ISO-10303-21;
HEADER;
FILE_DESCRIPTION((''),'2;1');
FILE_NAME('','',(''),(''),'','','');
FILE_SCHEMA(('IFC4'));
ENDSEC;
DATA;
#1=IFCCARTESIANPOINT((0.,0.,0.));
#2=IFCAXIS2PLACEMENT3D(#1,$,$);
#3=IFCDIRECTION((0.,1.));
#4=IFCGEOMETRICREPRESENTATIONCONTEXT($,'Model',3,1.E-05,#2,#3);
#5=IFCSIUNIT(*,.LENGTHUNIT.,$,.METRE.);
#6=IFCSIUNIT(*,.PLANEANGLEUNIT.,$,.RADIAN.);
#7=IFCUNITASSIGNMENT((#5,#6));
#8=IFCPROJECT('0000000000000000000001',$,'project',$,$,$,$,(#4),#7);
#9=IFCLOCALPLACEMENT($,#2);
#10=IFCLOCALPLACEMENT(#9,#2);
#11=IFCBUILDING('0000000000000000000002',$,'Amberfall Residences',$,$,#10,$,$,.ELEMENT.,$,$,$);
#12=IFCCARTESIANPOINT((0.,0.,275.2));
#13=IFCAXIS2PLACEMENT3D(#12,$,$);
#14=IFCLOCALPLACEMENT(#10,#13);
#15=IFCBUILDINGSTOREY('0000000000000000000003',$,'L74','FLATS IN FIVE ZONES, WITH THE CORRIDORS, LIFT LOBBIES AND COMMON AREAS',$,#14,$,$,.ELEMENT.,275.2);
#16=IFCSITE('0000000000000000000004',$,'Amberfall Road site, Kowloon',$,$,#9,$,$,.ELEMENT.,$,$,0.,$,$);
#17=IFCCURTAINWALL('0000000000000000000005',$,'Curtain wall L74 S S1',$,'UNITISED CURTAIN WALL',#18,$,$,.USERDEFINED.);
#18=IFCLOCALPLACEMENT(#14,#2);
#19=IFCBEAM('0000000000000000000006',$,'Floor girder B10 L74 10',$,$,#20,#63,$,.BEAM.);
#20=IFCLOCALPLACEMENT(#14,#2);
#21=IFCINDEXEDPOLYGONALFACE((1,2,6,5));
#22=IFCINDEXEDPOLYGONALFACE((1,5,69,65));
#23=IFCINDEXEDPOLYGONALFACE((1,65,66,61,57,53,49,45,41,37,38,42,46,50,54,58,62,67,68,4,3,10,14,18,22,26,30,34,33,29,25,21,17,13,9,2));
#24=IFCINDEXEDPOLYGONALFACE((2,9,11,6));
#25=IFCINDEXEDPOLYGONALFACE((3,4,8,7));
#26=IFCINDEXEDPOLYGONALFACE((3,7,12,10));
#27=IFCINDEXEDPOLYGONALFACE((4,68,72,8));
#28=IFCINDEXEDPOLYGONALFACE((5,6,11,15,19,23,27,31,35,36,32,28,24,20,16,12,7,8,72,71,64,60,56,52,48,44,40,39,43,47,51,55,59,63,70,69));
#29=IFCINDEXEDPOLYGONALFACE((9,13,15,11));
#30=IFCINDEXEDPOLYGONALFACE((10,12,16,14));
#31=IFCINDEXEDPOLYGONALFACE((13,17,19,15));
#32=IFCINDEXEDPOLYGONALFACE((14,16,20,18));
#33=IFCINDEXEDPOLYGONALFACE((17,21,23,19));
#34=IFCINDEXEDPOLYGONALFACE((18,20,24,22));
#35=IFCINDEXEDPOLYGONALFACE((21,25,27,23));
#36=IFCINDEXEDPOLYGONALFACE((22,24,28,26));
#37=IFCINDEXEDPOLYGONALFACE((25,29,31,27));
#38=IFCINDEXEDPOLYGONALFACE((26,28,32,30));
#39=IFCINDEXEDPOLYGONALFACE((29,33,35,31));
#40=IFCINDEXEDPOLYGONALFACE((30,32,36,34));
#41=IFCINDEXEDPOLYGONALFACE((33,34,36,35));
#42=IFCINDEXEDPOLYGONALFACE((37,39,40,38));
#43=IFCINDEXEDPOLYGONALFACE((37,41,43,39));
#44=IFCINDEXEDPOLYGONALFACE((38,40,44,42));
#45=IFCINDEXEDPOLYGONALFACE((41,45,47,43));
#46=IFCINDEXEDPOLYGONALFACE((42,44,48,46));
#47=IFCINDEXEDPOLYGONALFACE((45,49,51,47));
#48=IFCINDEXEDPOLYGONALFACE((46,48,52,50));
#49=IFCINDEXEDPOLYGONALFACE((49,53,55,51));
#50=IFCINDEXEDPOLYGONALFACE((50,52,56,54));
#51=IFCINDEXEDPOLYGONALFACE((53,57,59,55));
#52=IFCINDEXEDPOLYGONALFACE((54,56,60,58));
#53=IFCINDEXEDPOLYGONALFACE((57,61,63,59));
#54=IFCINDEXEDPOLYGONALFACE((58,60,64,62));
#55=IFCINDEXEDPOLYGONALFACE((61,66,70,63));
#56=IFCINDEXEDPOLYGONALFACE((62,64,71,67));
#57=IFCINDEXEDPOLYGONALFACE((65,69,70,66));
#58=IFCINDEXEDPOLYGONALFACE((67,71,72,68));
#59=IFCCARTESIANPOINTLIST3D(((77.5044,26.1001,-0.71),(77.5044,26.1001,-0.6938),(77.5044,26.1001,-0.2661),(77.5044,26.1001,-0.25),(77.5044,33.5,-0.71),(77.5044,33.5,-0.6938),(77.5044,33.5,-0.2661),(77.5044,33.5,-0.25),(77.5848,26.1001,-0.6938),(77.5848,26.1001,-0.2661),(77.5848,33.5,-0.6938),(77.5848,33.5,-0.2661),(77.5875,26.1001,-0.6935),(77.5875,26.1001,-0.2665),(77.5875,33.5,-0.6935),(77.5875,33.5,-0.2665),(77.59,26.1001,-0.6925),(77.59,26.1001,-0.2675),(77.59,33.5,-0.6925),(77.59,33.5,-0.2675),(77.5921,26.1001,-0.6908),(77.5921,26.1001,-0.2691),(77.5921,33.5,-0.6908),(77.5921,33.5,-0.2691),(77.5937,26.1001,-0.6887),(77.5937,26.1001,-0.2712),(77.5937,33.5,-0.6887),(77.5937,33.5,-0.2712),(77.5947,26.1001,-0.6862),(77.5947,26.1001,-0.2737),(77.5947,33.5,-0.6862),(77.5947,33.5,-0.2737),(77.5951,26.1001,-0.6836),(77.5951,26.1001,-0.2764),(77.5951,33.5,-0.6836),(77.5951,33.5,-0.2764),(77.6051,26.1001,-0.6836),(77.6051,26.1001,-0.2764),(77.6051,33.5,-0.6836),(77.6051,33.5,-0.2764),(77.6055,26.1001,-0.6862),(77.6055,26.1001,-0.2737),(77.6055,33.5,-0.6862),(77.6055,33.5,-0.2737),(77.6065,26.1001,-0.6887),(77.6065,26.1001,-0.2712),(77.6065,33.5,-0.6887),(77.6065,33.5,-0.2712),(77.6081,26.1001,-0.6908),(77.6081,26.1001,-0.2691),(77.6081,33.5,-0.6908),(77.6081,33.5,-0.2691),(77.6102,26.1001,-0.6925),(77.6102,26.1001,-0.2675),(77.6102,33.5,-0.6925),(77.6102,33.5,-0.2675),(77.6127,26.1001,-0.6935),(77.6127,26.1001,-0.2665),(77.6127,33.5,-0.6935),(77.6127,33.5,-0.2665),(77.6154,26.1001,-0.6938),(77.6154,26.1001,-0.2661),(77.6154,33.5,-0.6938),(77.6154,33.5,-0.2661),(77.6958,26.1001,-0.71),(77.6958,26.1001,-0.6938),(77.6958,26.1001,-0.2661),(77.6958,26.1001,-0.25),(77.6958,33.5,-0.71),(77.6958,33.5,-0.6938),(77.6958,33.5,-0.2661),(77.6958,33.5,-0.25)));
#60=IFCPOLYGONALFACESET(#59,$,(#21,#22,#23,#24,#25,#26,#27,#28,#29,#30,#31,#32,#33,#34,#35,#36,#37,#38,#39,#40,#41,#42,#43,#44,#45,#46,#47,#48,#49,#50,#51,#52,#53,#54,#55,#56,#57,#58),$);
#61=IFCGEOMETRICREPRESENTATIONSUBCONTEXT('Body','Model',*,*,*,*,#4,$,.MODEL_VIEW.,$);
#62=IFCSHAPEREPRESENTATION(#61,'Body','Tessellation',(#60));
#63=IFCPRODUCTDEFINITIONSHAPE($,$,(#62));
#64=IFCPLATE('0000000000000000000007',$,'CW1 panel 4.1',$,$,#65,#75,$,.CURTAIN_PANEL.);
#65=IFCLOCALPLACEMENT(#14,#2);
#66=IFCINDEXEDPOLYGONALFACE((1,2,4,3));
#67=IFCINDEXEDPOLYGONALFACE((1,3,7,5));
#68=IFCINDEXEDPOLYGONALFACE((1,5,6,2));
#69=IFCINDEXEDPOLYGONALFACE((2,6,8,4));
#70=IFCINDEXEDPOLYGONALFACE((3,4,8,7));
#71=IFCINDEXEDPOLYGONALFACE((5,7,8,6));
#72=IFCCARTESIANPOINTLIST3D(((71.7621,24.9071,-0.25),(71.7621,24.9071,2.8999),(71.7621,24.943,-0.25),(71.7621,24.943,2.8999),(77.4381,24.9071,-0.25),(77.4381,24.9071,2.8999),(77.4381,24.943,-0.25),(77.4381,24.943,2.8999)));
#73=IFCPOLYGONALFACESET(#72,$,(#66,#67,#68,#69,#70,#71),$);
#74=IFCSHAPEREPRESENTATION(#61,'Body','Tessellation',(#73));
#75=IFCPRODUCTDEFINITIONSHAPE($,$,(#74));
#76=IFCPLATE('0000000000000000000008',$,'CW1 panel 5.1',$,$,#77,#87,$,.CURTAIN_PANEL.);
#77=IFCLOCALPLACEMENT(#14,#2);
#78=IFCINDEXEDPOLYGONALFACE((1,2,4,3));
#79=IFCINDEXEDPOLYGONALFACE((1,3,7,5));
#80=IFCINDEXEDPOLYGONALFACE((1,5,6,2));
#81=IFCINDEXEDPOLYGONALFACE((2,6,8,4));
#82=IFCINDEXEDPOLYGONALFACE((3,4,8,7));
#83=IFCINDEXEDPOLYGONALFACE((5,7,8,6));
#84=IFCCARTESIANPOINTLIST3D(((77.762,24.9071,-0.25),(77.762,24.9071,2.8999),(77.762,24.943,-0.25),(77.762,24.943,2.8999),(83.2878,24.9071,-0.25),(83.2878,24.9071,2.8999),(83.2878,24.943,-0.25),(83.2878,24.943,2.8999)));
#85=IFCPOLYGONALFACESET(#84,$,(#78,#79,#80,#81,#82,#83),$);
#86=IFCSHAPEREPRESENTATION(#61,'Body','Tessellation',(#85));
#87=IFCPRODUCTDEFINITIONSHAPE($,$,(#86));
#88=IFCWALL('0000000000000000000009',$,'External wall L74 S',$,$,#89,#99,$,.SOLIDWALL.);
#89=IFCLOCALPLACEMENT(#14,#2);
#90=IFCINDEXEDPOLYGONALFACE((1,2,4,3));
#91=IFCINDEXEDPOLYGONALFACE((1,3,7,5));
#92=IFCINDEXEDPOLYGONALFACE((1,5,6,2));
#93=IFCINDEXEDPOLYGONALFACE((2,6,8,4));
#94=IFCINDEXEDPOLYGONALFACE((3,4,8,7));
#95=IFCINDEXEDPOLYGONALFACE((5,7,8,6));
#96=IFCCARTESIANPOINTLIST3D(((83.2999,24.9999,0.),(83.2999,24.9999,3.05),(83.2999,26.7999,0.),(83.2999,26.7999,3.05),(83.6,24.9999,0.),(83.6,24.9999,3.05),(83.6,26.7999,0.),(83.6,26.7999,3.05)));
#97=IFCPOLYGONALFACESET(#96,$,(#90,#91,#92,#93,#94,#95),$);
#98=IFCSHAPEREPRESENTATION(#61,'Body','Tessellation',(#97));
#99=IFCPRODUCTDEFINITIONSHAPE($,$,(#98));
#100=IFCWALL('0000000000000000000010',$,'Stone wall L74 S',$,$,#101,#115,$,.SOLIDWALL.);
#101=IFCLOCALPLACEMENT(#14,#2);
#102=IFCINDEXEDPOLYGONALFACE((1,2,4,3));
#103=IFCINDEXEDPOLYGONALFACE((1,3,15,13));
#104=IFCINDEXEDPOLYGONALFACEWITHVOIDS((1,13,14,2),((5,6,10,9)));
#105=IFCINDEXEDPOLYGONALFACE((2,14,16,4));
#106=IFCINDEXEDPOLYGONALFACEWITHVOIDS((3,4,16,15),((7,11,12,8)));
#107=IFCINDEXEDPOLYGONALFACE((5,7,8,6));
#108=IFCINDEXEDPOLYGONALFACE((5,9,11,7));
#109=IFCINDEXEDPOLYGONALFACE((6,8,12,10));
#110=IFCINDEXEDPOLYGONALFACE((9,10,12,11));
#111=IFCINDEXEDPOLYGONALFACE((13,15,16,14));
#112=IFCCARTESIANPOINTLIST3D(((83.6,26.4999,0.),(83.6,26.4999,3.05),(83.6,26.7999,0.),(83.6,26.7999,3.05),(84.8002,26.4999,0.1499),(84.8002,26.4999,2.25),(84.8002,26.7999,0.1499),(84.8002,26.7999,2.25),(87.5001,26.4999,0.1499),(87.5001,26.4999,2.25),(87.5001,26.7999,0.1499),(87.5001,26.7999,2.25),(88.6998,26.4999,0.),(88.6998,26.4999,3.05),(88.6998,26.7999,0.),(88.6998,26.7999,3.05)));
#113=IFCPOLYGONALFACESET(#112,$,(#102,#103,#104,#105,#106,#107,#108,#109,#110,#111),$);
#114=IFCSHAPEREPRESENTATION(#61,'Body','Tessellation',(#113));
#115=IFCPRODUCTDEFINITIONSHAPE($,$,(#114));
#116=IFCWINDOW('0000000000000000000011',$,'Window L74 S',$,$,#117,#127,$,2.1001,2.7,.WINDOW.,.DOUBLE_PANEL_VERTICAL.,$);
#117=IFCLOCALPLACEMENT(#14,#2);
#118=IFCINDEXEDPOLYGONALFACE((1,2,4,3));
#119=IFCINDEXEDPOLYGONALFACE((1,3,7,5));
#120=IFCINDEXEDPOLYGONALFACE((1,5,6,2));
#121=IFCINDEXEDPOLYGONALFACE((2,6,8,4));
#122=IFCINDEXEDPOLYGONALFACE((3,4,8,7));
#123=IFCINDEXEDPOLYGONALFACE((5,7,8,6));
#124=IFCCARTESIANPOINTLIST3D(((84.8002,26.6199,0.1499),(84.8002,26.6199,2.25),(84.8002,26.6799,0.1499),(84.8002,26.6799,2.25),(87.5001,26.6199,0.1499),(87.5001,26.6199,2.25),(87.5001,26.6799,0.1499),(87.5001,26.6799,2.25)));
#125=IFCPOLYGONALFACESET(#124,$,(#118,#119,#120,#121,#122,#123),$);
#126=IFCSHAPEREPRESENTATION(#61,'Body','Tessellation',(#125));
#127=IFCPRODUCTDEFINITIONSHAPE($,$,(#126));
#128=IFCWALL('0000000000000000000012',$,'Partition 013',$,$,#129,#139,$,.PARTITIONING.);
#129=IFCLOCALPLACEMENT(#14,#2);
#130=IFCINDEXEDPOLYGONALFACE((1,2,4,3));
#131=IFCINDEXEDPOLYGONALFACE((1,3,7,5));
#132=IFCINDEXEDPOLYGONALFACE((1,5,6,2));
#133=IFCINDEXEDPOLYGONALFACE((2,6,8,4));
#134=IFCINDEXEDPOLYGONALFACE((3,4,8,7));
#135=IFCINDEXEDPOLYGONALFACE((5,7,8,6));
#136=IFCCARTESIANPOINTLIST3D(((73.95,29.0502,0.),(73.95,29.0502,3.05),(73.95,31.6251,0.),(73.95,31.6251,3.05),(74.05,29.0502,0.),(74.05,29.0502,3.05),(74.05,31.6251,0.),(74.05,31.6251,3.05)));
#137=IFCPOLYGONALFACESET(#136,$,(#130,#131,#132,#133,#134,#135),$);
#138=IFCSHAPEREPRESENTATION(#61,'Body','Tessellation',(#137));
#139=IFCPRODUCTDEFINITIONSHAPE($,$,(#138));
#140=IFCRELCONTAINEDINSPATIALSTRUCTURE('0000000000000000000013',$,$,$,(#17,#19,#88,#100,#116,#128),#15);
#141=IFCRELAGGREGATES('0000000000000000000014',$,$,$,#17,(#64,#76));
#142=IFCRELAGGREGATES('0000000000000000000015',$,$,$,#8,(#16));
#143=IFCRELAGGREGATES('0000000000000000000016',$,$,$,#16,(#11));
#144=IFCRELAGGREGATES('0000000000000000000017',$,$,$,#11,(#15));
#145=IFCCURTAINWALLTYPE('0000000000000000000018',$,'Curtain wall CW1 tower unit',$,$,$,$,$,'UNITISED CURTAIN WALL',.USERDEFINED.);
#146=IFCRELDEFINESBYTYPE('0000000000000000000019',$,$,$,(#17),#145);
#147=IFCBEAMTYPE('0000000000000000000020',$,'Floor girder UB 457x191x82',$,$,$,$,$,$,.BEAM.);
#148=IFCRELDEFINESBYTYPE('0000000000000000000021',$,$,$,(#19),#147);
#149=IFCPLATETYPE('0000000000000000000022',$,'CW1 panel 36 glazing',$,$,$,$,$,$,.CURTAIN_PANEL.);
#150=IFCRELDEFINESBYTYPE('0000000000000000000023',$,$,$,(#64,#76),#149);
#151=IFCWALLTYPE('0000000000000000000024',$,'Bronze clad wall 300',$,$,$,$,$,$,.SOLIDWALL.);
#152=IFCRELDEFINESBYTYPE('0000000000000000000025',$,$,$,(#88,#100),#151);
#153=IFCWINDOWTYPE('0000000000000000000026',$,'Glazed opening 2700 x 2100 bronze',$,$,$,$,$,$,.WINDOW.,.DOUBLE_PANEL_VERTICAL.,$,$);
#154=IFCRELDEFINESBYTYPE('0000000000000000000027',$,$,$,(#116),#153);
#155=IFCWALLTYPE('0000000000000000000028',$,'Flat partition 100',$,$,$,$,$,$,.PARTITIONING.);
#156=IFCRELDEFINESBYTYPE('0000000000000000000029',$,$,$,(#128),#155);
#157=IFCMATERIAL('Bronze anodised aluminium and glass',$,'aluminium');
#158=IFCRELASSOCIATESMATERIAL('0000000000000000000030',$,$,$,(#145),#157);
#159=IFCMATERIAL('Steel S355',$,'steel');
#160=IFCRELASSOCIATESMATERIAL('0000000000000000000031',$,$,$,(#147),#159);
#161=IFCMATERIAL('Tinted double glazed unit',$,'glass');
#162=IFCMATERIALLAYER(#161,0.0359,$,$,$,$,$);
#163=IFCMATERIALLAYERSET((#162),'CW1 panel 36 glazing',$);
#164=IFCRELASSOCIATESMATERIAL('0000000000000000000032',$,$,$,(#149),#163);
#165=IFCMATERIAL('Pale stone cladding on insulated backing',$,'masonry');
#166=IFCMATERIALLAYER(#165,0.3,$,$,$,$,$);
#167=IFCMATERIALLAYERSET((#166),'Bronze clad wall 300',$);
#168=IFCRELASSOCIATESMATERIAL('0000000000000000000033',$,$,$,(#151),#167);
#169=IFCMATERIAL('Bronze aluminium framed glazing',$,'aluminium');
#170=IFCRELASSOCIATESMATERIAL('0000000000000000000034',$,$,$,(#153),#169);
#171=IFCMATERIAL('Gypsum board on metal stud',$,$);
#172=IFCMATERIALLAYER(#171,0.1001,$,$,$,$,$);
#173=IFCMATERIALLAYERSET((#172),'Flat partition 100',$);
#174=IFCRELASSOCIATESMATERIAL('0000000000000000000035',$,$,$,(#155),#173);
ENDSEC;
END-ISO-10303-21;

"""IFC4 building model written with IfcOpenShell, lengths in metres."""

from ifc_helpers import new_model, si_unit, direction, frame, frame_2d, origin, origin_2d, place, context, subcontext, project, spatial, rectangle, i_section, extrude, material, layer, layer_set, material_profile, profile_set, type_object, element, fill, aggregate, save


model = new_model("IFC4")

# Units and contexts
model_context = context("Model", 3, precision=1e-05, world=origin(), true_north=direction((0.0, 1.0)))
body_context = subcontext(model_context, "Body", "Model", "MODEL_VIEW")
ifc_project = project(units=[si_unit("LENGTHUNIT", "METRE"), si_unit("PLANEANGLEUNIT", "RADIAN")], contexts=[model_context])

# Site, building, storey
site_placement = place(None, origin())
site = spatial("IfcSite", under=ifc_project, at=site_placement, Name="Amberfall Road site, Kowloon", CompositionType="ELEMENT", RefElevation=0.0)
building_placement = place(site_placement, origin())
building = spatial("IfcBuilding", under=site, at=building_placement, Name="Amberfall Residences", CompositionType="ELEMENT")
storey_placement = place(building_placement, frame((0.0, 0.0, 275.2)))
storey = spatial("IfcBuildingStorey", under=building, at=storey_placement, Name="L74", Description="FLATS IN FIVE ZONES, WITH THE CORRIDORS, LIFT LOBBIES AND COMMON AREAS", CompositionType="ELEMENT", Elevation=275.2)

# Curtain wall
ifc_material_1 = material(Name="Bronze anodised aluminium and glass", Category="aluminium")
curtain_wall_type = type_object("IfcCurtainWallType", Name="Curtain wall CW1 tower unit", ElementType="UNITISED CURTAIN WALL", PredefinedType="USERDEFINED", material=ifc_material_1)
curtain_wall_placement = place(storey_placement, origin())
curtain_wall = element("IfcCurtainWall", 1, at=curtain_wall_placement, inside=storey, type_object=curtain_wall_type, Name="Curtain wall L74 S S1", ObjectType="UNITISED CURTAIN WALL", PredefinedType="USERDEFINED")

# Shared definitions
ifc_material_2 = material(Name="Steel S355", Category="steel")

# Beam
ifc_material_profile_1 = material_profile(ifc_material_2, i_section(OverallWidth=0.1914, OverallDepth=0.46, WebThickness=0.01, FlangeThickness=0.0161, FilletRadius=0.0103, at=origin_2d()), Name="UB 457x191x82")
ifc_profile_set_1 = profile_set([ifc_material_profile_1], Name="Steel S355")
beam_type_1 = type_object("IfcBeamType", Name="Floor girder UB 457x191x82", PredefinedType="BEAM", material=ifc_profile_set_1)
beam_1_placement = place(storey_placement, frame((77.6001, 26.1001, -0.48), z_axis=(0.0, 1.0, 0.0), x_axis=(-1.0, 0.0, 0.0)))
element("IfcBeam", 2, at=beam_1_placement, inside=storey, type_object=beam_type_1, Name="Floor girder B10 L74 10", PredefinedType="BEAM", context=body_context, shape_type="SweptSolid", body=[
    extrude(i_section(OverallWidth=0.1914, OverallDepth=0.46, WebThickness=0.01, FlangeThickness=0.0161, FilletRadius=0.0103, at=origin_2d()), origin(), (0.0, 0.0, 1.0), 7.3999),
])

# Plates
ifc_material_3 = material(Name="Tinted double glazed unit", Category="glass")
ifc_layer_1 = layer(ifc_material_3, 0.0359)
ifc_layer_set_1 = layer_set([ifc_layer_1], Name="CW1 panel 36 glazing")
plate_type = type_object("IfcPlateType", Name="CW1 panel 36 glazing", PredefinedType="CURTAIN_PANEL", material=ifc_layer_set_1)
plate_1_placement = place(storey_placement, frame((74.6001, 24.925, -0.25), z_axis=(0.0, 0.0, 1.0), x_axis=(1.0, 0.0, 0.0)))
plate_1 = element("IfcPlate", 3, at=plate_1_placement, type_object=plate_type, Name="CW1 panel 4.1", PredefinedType="CURTAIN_PANEL", context=body_context, shape_type="SweptSolid", body=[
    extrude(rectangle(XDim=5.676, YDim=0.0359, at=origin_2d()), origin(), (0.0, 0.0, 1.0), 3.1499),
])
plate_2_placement = place(storey_placement, frame((80.5249, 24.925, -0.25), z_axis=(0.0, 0.0, 1.0), x_axis=(1.0, 0.0, 0.0)))
plate_2 = element("IfcPlate", 4, at=plate_2_placement, type_object=plate_type, Name="CW1 panel 5.1", PredefinedType="CURTAIN_PANEL", context=body_context, shape_type="SweptSolid", body=[
    extrude(rectangle(XDim=5.5259, YDim=0.0359, at=origin_2d()), origin(), (0.0, 0.0, 1.0), 3.1499),
])
aggregate(curtain_wall, [plate_1, plate_2])

# Wall
ifc_material_4 = material(Name="Pale stone cladding on insulated backing", Category="masonry")
ifc_layer_2 = layer(ifc_material_4, 0.3)
ifc_layer_set_2 = layer_set([ifc_layer_2], Name="Bronze clad wall 300")
wall_type_1 = type_object("IfcWallType", Name="Bronze clad wall 300", PredefinedType="SOLIDWALL", material=ifc_layer_set_2)
wall_1_placement = place(storey_placement, frame((83.45, 25.0, 0.0), z_axis=(0.0, 0.0, 1.0), x_axis=(0.0, 1.0, 0.0)))
element("IfcWall", 5, at=wall_1_placement, inside=storey, type_object=wall_type_1, Name="External wall L74 S", PredefinedType="SOLIDWALL", context=body_context, shape_type="SweptSolid", body=[
    extrude(rectangle(XDim=1.8, YDim=0.3, at=frame_2d((0.8999, 0.0))), origin(), (0.0, 0.0, 1.0), 3.05),
])

# Wall, opening, window
wall_2_placement = place(storey_placement, frame((83.6001, 26.6499, 0.0), z_axis=(0.0, 0.0, 1.0), x_axis=(1.0, 0.0, 0.0)))
wall_2 = element("IfcWall", 6, at=wall_2_placement, inside=storey, type_object=wall_type_1, Name="Stone wall L74 S", PredefinedType="SOLIDWALL", context=body_context, shape_type="SweptSolid", body=[
    extrude(rectangle(XDim=5.0999, YDim=0.3, at=frame_2d((2.5498, 0.0))), origin(), (0.0, 0.0, 1.0), 3.05),
])
opening_1_placement = place(wall_2_placement, frame((1.2, 0.0, 0.1499)))
opening_1 = element("IfcOpeningElement", 7, at=opening_1_placement, cuts=wall_2, PredefinedType="OPENING", context=body_context, shape_type="SweptSolid", body=[
    extrude(rectangle(XDim=2.7, YDim=2.1001, at=frame_2d((1.3501, 1.05))), frame((0.0, 0.1599, 0.0), z_axis=(0.0, -1.0, 0.0), x_axis=(1.0, 0.0, 0.0)), (0.0, 0.0, 1.0), 0.3201),
])
ifc_material_5 = material(Name="Bronze aluminium framed glazing", Category="aluminium")
window_type = type_object("IfcWindowType", Name="Glazed opening 2700 x 2100 bronze", PartitioningType="DOUBLE_PANEL_VERTICAL", PredefinedType="WINDOW", material=ifc_material_5)
window_placement = place(opening_1_placement, origin())
window = element("IfcWindow", 8, at=window_placement, inside=storey, type_object=window_type, Name="Window L74 S", OverallHeight=2.1001, OverallWidth=2.7, PartitioningType="DOUBLE_PANEL_VERTICAL", PredefinedType="WINDOW", context=body_context, shape_type="SweptSolid", body=[
    extrude(rectangle(XDim=2.7, YDim=2.1001, at=frame_2d((1.3501, 1.05))), frame((0.0, 0.03, 0.0), z_axis=(0.0, -1.0, 0.0), x_axis=(1.0, 0.0, 0.0)), (0.0, 0.0, 1.0), 0.0601),
])
fill(opening_1, window)

# Wall
ifc_material_6 = material(Name="Gypsum board on metal stud")
ifc_layer_3 = layer(ifc_material_6, 0.1001)
ifc_layer_set_3 = layer_set([ifc_layer_3], Name="Flat partition 100")
wall_type_2 = type_object("IfcWallType", Name="Flat partition 100", PredefinedType="PARTITIONING", material=ifc_layer_set_3)
wall_3_placement = place(storey_placement, frame((74.0, 29.05, 0.0), z_axis=(0.0, 0.0, 1.0), x_axis=(0.0, 1.0, 0.0)))
element("IfcWall", 9, at=wall_3_placement, inside=storey, type_object=wall_type_2, Name="Partition 013", PredefinedType="PARTITIONING", context=body_context, shape_type="SweptSolid", body=[
    extrude(rectangle(XDim=2.575, YDim=0.1001, at=frame_2d((1.2876, 0.0))), origin(), (0.0, 0.0, 1.0), 3.05),
])

save(model, "model.ifc")
